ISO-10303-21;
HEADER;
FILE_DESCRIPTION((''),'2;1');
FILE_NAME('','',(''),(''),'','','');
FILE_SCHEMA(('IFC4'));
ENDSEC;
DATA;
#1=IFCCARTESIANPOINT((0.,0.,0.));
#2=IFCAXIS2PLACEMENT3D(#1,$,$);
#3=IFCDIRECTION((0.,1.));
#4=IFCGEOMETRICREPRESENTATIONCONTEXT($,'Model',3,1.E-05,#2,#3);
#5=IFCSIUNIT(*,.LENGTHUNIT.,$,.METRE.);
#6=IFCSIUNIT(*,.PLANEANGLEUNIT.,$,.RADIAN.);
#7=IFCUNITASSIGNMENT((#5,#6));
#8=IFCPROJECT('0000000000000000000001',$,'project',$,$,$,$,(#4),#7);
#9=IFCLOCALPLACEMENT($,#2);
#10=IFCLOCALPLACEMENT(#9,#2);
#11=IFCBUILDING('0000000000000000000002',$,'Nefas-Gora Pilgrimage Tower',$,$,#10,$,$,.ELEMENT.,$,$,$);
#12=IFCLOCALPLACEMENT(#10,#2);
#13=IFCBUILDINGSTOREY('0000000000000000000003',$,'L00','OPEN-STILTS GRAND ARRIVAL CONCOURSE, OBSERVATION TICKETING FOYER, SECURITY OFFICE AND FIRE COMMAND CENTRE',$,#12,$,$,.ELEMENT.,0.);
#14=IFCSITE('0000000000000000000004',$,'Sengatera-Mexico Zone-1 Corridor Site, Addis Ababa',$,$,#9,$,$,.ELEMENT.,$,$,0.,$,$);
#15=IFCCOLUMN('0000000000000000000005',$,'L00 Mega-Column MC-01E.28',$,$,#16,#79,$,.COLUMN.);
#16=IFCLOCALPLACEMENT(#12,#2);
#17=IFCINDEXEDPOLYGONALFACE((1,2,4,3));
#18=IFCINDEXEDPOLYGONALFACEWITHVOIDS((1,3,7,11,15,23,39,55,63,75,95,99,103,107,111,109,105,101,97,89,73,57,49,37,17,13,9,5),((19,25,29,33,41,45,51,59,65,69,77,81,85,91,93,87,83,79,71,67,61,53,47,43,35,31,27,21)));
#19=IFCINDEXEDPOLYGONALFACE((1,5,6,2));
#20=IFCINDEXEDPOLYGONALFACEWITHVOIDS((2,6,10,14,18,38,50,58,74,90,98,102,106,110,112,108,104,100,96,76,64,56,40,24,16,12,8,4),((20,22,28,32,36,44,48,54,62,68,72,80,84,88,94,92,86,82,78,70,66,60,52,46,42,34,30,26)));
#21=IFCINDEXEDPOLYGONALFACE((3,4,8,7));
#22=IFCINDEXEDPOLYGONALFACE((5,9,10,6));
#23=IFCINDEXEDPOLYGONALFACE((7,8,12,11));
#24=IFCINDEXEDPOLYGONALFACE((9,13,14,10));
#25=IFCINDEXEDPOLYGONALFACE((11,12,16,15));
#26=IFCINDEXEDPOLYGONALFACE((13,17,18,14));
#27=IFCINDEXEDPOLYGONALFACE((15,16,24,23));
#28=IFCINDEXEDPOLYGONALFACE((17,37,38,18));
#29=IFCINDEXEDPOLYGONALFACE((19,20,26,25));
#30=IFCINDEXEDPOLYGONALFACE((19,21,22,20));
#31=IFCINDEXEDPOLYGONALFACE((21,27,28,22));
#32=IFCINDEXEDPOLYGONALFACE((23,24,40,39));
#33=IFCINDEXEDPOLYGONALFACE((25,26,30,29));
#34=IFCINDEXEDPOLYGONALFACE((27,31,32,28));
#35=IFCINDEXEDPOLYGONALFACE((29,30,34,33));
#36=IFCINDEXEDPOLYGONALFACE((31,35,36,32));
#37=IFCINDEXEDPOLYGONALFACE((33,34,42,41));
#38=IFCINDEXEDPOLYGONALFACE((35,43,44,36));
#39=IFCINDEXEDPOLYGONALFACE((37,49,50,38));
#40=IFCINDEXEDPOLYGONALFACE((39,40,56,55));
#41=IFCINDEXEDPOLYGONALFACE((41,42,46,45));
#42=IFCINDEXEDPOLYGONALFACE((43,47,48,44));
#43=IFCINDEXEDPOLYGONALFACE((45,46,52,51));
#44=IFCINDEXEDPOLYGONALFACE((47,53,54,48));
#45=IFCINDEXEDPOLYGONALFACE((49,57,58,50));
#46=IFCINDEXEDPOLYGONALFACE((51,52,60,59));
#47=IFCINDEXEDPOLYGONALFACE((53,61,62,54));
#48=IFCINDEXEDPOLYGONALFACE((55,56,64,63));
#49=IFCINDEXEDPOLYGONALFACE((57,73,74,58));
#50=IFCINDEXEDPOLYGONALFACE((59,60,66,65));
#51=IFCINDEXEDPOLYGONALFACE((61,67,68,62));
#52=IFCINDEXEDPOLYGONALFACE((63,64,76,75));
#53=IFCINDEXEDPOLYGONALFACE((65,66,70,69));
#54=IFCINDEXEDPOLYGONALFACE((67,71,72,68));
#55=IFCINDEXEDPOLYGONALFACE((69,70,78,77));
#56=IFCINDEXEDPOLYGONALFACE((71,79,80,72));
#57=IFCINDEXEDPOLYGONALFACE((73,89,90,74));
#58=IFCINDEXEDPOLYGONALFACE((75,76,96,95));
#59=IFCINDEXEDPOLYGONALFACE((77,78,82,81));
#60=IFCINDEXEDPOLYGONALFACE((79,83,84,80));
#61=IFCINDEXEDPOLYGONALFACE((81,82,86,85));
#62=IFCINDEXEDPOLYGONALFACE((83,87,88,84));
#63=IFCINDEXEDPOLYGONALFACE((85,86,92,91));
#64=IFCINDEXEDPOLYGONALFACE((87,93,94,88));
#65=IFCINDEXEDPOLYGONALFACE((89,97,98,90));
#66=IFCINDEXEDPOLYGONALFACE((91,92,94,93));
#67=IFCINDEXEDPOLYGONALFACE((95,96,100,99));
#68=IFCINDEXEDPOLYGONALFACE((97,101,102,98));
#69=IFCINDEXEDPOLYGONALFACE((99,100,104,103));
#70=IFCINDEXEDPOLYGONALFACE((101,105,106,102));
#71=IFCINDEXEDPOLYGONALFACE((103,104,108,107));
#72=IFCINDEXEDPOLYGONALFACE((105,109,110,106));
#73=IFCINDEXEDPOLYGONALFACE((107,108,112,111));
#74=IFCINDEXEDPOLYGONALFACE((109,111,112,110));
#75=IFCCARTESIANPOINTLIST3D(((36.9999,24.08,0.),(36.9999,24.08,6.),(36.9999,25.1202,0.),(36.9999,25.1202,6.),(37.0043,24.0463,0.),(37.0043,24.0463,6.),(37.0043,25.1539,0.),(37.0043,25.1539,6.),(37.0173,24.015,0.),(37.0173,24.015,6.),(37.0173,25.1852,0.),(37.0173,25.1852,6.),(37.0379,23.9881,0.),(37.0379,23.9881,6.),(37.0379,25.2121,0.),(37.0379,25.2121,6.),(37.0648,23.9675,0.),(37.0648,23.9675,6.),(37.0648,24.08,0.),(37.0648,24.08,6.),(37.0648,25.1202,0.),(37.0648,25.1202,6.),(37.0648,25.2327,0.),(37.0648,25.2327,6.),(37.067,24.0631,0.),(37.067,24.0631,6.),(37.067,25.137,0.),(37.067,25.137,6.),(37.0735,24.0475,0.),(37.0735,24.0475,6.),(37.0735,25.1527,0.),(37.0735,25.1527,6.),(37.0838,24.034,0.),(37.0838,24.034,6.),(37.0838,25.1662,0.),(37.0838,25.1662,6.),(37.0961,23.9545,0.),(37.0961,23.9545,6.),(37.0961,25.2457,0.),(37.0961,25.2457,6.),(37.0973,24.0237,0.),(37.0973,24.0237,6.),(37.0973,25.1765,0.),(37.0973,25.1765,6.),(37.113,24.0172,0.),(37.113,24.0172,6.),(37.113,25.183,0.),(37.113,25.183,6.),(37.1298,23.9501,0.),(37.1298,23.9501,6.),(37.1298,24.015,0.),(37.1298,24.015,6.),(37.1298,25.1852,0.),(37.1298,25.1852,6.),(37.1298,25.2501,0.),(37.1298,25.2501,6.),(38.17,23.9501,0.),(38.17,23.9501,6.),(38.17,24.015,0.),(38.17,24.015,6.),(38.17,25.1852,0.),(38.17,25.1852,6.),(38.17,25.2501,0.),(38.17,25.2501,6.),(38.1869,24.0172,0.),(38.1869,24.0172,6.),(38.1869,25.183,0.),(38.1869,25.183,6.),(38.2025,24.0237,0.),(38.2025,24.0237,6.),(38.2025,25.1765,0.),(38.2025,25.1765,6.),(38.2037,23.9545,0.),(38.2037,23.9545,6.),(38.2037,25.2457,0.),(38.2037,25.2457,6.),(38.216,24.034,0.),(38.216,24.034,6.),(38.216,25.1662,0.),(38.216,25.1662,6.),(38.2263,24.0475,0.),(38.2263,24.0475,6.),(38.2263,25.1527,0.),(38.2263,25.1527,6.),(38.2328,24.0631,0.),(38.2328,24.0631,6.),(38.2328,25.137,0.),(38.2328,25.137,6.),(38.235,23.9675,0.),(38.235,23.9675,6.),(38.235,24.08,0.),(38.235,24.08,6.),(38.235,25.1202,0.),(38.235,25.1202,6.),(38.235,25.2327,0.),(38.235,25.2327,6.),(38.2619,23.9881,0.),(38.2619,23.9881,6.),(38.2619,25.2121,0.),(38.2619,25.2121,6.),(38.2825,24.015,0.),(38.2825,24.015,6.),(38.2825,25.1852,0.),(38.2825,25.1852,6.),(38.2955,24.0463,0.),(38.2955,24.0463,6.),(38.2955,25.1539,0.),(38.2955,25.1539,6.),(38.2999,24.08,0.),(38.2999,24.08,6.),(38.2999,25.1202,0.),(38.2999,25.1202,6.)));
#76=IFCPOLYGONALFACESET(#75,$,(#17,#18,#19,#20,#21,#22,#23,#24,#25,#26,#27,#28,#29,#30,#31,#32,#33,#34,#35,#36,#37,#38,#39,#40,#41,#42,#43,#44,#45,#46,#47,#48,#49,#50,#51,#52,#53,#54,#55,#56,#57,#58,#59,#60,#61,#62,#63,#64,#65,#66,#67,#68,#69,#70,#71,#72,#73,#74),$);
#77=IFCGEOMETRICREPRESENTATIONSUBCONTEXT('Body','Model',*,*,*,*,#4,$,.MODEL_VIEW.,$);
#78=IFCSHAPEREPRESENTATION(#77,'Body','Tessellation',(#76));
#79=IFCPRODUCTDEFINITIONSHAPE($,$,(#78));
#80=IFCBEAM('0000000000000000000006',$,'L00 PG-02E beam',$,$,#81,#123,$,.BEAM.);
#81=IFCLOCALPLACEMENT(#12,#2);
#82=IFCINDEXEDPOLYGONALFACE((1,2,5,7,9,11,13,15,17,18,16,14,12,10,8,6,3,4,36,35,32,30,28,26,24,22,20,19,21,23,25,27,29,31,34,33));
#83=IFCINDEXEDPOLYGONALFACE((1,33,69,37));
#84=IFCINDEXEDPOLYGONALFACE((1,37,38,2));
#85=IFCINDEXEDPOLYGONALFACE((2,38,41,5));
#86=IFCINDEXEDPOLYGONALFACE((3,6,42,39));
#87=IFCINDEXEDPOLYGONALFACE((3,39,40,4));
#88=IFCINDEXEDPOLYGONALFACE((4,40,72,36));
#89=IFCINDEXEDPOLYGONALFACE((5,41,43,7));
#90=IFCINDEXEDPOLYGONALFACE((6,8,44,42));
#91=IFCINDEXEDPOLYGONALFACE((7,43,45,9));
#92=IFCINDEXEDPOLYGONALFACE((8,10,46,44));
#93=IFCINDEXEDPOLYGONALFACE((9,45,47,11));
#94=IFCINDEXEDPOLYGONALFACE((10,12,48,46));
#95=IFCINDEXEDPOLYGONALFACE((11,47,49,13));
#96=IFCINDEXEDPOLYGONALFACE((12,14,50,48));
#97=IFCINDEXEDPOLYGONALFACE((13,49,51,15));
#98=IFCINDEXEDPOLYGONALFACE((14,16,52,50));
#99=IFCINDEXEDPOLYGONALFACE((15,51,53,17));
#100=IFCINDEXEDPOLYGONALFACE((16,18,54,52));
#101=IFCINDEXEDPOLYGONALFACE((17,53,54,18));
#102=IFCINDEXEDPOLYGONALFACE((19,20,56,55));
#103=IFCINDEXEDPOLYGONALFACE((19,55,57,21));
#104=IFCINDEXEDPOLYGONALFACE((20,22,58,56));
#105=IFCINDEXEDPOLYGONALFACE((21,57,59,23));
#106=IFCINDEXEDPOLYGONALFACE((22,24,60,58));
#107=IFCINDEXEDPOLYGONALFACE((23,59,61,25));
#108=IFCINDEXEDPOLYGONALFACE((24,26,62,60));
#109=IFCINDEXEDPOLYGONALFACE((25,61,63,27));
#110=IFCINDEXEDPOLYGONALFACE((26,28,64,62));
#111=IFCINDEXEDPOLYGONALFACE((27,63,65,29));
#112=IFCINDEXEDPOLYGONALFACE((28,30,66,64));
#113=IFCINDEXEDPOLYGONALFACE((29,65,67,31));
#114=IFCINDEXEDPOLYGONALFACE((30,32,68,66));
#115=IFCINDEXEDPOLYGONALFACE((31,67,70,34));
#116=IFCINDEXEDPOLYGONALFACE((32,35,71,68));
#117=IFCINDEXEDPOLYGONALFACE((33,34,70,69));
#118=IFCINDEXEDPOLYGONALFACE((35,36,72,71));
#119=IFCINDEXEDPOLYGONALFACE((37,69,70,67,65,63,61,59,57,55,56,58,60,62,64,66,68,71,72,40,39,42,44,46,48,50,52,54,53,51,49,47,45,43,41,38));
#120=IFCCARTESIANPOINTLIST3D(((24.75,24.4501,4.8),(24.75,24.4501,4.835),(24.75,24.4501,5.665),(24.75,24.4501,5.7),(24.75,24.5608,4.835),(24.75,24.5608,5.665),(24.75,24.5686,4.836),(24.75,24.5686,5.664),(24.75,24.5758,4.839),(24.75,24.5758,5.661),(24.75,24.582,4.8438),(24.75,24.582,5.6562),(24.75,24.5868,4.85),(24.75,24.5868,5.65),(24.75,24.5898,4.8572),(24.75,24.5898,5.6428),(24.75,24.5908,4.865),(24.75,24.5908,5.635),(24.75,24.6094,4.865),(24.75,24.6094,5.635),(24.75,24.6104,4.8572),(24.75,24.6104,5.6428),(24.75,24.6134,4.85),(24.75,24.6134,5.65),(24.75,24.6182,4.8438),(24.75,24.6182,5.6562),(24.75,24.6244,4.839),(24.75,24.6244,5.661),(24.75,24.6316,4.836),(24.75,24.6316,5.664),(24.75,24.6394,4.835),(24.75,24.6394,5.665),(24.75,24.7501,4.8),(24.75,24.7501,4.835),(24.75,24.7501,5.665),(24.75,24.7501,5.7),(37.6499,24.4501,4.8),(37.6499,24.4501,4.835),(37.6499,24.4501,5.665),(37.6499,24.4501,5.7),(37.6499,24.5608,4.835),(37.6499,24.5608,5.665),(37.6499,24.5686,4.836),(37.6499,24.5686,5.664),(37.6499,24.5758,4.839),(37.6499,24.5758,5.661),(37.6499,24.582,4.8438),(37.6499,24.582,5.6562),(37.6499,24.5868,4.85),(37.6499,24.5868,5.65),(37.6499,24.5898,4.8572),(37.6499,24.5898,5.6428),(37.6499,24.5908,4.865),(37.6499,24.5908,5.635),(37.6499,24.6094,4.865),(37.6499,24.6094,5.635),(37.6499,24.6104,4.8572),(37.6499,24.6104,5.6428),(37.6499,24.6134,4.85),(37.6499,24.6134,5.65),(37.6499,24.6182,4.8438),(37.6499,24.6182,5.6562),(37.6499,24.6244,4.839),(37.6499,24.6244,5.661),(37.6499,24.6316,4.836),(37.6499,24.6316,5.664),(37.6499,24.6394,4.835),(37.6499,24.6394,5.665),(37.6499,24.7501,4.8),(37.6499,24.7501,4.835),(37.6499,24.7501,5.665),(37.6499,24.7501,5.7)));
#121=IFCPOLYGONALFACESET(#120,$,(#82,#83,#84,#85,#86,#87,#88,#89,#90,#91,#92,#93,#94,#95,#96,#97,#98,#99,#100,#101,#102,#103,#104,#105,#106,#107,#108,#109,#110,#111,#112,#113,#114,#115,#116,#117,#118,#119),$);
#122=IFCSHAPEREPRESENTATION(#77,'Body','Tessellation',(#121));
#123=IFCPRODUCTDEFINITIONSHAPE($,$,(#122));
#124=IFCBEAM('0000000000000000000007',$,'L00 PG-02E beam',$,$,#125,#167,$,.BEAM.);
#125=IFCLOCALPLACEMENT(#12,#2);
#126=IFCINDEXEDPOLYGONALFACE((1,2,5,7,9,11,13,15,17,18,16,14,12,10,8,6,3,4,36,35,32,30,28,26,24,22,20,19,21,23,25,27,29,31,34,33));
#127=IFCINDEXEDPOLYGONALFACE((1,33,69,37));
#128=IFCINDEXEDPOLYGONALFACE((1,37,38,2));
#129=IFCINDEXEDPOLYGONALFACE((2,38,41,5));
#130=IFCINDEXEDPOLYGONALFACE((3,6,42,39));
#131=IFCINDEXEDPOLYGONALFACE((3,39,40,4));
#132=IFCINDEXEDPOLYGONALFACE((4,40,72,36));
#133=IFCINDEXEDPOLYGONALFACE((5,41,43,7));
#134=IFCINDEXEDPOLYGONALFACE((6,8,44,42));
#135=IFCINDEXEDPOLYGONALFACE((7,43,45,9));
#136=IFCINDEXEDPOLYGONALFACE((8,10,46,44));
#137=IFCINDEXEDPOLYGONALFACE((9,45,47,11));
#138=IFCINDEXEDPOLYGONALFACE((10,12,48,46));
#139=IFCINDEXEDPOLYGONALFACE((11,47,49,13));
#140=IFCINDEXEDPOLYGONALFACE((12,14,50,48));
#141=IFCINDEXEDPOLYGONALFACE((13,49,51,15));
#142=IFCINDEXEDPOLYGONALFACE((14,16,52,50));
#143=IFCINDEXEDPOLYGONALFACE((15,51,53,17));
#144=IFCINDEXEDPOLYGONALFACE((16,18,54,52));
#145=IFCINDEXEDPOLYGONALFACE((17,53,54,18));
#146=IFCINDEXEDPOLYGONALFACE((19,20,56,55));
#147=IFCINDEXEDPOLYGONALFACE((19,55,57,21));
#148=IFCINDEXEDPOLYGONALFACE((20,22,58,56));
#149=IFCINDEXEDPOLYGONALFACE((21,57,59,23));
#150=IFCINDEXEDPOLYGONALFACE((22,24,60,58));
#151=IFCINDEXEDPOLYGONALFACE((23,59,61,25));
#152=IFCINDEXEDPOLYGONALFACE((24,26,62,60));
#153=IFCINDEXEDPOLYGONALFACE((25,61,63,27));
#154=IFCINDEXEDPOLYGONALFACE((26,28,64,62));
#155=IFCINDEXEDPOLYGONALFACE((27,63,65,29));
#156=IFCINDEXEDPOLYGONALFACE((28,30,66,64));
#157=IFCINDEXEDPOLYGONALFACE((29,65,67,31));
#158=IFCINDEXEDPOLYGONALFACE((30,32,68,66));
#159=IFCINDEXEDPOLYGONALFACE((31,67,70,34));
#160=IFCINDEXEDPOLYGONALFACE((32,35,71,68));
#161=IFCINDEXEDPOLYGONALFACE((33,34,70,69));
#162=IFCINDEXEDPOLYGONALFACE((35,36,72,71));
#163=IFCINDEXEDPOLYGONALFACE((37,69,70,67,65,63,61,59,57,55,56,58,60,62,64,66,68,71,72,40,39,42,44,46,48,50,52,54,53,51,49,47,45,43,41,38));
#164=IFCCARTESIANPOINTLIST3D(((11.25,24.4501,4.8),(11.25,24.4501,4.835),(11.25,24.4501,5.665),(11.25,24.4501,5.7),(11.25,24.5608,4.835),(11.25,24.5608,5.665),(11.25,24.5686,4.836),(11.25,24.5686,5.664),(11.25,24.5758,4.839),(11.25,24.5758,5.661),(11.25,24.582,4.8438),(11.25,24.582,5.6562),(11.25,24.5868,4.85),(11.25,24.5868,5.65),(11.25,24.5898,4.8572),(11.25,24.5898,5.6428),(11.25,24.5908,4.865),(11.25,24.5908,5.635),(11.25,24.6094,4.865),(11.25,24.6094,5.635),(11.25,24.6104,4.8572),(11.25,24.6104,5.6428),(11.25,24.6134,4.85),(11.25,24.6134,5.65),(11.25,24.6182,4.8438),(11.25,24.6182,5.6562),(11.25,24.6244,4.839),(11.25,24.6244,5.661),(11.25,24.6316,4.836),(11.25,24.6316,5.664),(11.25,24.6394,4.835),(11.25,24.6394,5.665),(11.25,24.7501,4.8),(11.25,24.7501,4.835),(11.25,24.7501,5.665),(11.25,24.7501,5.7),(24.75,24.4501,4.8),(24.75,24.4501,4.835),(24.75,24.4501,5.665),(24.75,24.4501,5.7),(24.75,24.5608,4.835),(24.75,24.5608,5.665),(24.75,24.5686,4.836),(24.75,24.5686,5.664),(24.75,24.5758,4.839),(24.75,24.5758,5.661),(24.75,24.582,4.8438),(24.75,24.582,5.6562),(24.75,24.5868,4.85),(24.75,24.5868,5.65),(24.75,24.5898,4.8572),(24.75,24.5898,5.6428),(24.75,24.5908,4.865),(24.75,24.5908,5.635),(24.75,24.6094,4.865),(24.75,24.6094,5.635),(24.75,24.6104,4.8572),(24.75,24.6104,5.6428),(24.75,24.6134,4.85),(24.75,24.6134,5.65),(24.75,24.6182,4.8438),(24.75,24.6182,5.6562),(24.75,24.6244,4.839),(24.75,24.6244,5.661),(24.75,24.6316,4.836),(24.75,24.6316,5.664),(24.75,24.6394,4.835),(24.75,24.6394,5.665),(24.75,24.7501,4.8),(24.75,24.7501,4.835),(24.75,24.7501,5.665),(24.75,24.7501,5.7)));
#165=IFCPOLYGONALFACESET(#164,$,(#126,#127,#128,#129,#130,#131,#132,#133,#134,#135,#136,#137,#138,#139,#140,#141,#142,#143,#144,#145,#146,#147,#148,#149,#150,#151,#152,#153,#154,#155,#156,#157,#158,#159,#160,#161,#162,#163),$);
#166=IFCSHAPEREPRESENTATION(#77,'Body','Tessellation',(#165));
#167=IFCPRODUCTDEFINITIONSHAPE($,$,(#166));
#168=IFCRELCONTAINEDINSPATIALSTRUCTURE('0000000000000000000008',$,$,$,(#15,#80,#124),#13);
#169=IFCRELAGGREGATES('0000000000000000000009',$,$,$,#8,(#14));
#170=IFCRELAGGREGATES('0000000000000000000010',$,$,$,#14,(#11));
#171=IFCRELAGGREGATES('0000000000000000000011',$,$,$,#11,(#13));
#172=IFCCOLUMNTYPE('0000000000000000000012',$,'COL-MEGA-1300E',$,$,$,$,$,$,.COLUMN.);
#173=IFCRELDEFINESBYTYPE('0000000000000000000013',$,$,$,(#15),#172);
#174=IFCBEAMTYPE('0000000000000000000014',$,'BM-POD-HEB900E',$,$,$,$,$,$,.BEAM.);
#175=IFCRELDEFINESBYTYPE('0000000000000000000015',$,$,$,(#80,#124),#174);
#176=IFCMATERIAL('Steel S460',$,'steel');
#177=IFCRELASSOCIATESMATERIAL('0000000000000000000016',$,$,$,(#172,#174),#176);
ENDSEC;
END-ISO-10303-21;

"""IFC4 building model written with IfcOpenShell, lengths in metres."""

from ifc_helpers import new_model, si_unit, direction, frame, origin, origin_2d, place, context, subcontext, project, spatial, hollow_rectangle, i_section, extrude, source, transform, mapped, material, material_profile, profile_set, type_object, element, save


model = new_model("IFC4")

# Units and contexts
model_context = context("Model", 3, precision=1e-05, world=origin(), true_north=direction((0.0, 1.0)))
body_context = subcontext(model_context, "Body", "Model", "MODEL_VIEW")
ifc_project = project(units=[si_unit("LENGTHUNIT", "METRE"), si_unit("PLANEANGLEUNIT", "RADIAN")], contexts=[model_context])

# Site, building, storey
site_placement = place(None, origin())
site = spatial("IfcSite", under=ifc_project, at=site_placement, Name="Sengatera-Mexico Zone-1 Corridor Site, Addis Ababa", CompositionType="ELEMENT", RefElevation=0.0)
building_placement = place(site_placement, origin())
building = spatial("IfcBuilding", under=site, at=building_placement, Name="Nefas-Gora Pilgrimage Tower", CompositionType="ELEMENT")
storey_placement = place(building_placement, origin())
storey = spatial("IfcBuildingStorey", under=building, at=storey_placement, Name="L00", Description="OPEN-STILTS GRAND ARRIVAL CONCOURSE, OBSERVATION TICKETING FOYER, SECURITY OFFICE AND FIRE COMMAND CENTRE", CompositionType="ELEMENT", Elevation=0.0)

# Column
ifc_material_1 = material(Name="Steel S460", Category="steel")
ifc_material_profile_1 = material_profile(ifc_material_1, hollow_rectangle(XDim=1.3, YDim=1.3, WallThickness=0.0649, InnerFilletRadius=0.0649, OuterFilletRadius=0.1299, at=origin_2d()), Name="BOX 1300x1300x65")
ifc_profile_set_1 = profile_set([ifc_material_profile_1], Name="Steel S460")
column_type_1 = type_object("IfcColumnType", Name="COL-MEGA-1300E", PredefinedType="COLUMN", material=ifc_profile_set_1)
shared_shape_1 = source(origin(), body_context, "Body", "SweptSolid", [
    extrude(hollow_rectangle(XDim=1.3, YDim=1.3, WallThickness=0.0649, InnerFilletRadius=0.0649, OuterFilletRadius=0.1299, at=origin_2d()), origin(), (0.0, 0.0, 1.0), 6.0),
])
for number, where, z_axis, x_axis, name in (
    (1, (37.6499, 24.6001, 0.0), (0.0, 0.0, 1.0), (1.0, 0.0, 0.0), "L00 Mega-Column MC-01E.28"),
):
    element("IfcColumn", number, at=place(storey_placement, frame(where, z_axis=z_axis, x_axis=x_axis)), inside=storey, type_object=column_type_1, Name=name, PredefinedType="COLUMN", context=body_context, shape_type="MappedRepresentation", body=[
        mapped(shared_shape_1, transform((0.0, 0.0, 0.0), x_axis=(1.0, 0.0, 0.0), y_axis=(0.0, 1.0, 0.0), z_axis=(0.0, 0.0, 1.0), scale=1.0)),
    ])

# Beams
ifc_material_profile_2 = material_profile(ifc_material_1, i_section(OverallWidth=0.3, OverallDepth=0.8999, WebThickness=0.0186, FlangeThickness=0.0349, FilletRadius=0.03, at=origin_2d()), Name="HEB 900")
ifc_profile_set_2 = profile_set([ifc_material_profile_2], Name="Steel S460")
beam_type = type_object("IfcBeamType", Name="BM-POD-HEB900E", PredefinedType="BEAM", material=ifc_profile_set_2)
shared_shape_2 = source(origin(), body_context, "Body", "SweptSolid", [
    extrude(i_section(OverallWidth=0.3, OverallDepth=0.8999, WebThickness=0.0186, FlangeThickness=0.0349, FilletRadius=0.03, at=origin_2d()), origin(), (0.0, 0.0, 1.0), 12.8999),
])
beam_1_placement = place(storey_placement, frame((24.75, 24.6001, 5.25), z_axis=(1.0, 0.0, 0.0), x_axis=(0.0, 1.0, 0.0)))
element("IfcBeam", 2, at=beam_1_placement, inside=storey, type_object=beam_type, Name="L00 PG-02E beam", PredefinedType="BEAM", context=body_context, shape_type="MappedRepresentation", body=[
    mapped(shared_shape_2, transform((0.0, 0.0, 0.0), x_axis=(1.0, 0.0, 0.0), y_axis=(0.0, 1.0, 0.0), z_axis=(0.0, 0.0, 1.0), scale=1.0)),
])
shared_shape_3 = source(origin(), body_context, "Body", "SweptSolid", [
    extrude(i_section(OverallWidth=0.3, OverallDepth=0.8999, WebThickness=0.0186, FlangeThickness=0.0349, FilletRadius=0.03, at=origin_2d()), origin(), (0.0, 0.0, 1.0), 13.5),
])
beam_2_placement = place(storey_placement, frame((11.25, 24.6001, 5.25), z_axis=(1.0, 0.0, 0.0), x_axis=(0.0, 1.0, 0.0)))
element("IfcBeam", 3, at=beam_2_placement, inside=storey, type_object=beam_type, Name="L00 PG-02E beam", PredefinedType="BEAM", context=body_context, shape_type="MappedRepresentation", body=[
    mapped(shared_shape_3, transform((0.0, 0.0, 0.0), x_axis=(1.0, 0.0, 0.0), y_axis=(0.0, 1.0, 0.0), z_axis=(0.0, 0.0, 1.0), scale=1.0)),
])

save(model, "model.ifc")
